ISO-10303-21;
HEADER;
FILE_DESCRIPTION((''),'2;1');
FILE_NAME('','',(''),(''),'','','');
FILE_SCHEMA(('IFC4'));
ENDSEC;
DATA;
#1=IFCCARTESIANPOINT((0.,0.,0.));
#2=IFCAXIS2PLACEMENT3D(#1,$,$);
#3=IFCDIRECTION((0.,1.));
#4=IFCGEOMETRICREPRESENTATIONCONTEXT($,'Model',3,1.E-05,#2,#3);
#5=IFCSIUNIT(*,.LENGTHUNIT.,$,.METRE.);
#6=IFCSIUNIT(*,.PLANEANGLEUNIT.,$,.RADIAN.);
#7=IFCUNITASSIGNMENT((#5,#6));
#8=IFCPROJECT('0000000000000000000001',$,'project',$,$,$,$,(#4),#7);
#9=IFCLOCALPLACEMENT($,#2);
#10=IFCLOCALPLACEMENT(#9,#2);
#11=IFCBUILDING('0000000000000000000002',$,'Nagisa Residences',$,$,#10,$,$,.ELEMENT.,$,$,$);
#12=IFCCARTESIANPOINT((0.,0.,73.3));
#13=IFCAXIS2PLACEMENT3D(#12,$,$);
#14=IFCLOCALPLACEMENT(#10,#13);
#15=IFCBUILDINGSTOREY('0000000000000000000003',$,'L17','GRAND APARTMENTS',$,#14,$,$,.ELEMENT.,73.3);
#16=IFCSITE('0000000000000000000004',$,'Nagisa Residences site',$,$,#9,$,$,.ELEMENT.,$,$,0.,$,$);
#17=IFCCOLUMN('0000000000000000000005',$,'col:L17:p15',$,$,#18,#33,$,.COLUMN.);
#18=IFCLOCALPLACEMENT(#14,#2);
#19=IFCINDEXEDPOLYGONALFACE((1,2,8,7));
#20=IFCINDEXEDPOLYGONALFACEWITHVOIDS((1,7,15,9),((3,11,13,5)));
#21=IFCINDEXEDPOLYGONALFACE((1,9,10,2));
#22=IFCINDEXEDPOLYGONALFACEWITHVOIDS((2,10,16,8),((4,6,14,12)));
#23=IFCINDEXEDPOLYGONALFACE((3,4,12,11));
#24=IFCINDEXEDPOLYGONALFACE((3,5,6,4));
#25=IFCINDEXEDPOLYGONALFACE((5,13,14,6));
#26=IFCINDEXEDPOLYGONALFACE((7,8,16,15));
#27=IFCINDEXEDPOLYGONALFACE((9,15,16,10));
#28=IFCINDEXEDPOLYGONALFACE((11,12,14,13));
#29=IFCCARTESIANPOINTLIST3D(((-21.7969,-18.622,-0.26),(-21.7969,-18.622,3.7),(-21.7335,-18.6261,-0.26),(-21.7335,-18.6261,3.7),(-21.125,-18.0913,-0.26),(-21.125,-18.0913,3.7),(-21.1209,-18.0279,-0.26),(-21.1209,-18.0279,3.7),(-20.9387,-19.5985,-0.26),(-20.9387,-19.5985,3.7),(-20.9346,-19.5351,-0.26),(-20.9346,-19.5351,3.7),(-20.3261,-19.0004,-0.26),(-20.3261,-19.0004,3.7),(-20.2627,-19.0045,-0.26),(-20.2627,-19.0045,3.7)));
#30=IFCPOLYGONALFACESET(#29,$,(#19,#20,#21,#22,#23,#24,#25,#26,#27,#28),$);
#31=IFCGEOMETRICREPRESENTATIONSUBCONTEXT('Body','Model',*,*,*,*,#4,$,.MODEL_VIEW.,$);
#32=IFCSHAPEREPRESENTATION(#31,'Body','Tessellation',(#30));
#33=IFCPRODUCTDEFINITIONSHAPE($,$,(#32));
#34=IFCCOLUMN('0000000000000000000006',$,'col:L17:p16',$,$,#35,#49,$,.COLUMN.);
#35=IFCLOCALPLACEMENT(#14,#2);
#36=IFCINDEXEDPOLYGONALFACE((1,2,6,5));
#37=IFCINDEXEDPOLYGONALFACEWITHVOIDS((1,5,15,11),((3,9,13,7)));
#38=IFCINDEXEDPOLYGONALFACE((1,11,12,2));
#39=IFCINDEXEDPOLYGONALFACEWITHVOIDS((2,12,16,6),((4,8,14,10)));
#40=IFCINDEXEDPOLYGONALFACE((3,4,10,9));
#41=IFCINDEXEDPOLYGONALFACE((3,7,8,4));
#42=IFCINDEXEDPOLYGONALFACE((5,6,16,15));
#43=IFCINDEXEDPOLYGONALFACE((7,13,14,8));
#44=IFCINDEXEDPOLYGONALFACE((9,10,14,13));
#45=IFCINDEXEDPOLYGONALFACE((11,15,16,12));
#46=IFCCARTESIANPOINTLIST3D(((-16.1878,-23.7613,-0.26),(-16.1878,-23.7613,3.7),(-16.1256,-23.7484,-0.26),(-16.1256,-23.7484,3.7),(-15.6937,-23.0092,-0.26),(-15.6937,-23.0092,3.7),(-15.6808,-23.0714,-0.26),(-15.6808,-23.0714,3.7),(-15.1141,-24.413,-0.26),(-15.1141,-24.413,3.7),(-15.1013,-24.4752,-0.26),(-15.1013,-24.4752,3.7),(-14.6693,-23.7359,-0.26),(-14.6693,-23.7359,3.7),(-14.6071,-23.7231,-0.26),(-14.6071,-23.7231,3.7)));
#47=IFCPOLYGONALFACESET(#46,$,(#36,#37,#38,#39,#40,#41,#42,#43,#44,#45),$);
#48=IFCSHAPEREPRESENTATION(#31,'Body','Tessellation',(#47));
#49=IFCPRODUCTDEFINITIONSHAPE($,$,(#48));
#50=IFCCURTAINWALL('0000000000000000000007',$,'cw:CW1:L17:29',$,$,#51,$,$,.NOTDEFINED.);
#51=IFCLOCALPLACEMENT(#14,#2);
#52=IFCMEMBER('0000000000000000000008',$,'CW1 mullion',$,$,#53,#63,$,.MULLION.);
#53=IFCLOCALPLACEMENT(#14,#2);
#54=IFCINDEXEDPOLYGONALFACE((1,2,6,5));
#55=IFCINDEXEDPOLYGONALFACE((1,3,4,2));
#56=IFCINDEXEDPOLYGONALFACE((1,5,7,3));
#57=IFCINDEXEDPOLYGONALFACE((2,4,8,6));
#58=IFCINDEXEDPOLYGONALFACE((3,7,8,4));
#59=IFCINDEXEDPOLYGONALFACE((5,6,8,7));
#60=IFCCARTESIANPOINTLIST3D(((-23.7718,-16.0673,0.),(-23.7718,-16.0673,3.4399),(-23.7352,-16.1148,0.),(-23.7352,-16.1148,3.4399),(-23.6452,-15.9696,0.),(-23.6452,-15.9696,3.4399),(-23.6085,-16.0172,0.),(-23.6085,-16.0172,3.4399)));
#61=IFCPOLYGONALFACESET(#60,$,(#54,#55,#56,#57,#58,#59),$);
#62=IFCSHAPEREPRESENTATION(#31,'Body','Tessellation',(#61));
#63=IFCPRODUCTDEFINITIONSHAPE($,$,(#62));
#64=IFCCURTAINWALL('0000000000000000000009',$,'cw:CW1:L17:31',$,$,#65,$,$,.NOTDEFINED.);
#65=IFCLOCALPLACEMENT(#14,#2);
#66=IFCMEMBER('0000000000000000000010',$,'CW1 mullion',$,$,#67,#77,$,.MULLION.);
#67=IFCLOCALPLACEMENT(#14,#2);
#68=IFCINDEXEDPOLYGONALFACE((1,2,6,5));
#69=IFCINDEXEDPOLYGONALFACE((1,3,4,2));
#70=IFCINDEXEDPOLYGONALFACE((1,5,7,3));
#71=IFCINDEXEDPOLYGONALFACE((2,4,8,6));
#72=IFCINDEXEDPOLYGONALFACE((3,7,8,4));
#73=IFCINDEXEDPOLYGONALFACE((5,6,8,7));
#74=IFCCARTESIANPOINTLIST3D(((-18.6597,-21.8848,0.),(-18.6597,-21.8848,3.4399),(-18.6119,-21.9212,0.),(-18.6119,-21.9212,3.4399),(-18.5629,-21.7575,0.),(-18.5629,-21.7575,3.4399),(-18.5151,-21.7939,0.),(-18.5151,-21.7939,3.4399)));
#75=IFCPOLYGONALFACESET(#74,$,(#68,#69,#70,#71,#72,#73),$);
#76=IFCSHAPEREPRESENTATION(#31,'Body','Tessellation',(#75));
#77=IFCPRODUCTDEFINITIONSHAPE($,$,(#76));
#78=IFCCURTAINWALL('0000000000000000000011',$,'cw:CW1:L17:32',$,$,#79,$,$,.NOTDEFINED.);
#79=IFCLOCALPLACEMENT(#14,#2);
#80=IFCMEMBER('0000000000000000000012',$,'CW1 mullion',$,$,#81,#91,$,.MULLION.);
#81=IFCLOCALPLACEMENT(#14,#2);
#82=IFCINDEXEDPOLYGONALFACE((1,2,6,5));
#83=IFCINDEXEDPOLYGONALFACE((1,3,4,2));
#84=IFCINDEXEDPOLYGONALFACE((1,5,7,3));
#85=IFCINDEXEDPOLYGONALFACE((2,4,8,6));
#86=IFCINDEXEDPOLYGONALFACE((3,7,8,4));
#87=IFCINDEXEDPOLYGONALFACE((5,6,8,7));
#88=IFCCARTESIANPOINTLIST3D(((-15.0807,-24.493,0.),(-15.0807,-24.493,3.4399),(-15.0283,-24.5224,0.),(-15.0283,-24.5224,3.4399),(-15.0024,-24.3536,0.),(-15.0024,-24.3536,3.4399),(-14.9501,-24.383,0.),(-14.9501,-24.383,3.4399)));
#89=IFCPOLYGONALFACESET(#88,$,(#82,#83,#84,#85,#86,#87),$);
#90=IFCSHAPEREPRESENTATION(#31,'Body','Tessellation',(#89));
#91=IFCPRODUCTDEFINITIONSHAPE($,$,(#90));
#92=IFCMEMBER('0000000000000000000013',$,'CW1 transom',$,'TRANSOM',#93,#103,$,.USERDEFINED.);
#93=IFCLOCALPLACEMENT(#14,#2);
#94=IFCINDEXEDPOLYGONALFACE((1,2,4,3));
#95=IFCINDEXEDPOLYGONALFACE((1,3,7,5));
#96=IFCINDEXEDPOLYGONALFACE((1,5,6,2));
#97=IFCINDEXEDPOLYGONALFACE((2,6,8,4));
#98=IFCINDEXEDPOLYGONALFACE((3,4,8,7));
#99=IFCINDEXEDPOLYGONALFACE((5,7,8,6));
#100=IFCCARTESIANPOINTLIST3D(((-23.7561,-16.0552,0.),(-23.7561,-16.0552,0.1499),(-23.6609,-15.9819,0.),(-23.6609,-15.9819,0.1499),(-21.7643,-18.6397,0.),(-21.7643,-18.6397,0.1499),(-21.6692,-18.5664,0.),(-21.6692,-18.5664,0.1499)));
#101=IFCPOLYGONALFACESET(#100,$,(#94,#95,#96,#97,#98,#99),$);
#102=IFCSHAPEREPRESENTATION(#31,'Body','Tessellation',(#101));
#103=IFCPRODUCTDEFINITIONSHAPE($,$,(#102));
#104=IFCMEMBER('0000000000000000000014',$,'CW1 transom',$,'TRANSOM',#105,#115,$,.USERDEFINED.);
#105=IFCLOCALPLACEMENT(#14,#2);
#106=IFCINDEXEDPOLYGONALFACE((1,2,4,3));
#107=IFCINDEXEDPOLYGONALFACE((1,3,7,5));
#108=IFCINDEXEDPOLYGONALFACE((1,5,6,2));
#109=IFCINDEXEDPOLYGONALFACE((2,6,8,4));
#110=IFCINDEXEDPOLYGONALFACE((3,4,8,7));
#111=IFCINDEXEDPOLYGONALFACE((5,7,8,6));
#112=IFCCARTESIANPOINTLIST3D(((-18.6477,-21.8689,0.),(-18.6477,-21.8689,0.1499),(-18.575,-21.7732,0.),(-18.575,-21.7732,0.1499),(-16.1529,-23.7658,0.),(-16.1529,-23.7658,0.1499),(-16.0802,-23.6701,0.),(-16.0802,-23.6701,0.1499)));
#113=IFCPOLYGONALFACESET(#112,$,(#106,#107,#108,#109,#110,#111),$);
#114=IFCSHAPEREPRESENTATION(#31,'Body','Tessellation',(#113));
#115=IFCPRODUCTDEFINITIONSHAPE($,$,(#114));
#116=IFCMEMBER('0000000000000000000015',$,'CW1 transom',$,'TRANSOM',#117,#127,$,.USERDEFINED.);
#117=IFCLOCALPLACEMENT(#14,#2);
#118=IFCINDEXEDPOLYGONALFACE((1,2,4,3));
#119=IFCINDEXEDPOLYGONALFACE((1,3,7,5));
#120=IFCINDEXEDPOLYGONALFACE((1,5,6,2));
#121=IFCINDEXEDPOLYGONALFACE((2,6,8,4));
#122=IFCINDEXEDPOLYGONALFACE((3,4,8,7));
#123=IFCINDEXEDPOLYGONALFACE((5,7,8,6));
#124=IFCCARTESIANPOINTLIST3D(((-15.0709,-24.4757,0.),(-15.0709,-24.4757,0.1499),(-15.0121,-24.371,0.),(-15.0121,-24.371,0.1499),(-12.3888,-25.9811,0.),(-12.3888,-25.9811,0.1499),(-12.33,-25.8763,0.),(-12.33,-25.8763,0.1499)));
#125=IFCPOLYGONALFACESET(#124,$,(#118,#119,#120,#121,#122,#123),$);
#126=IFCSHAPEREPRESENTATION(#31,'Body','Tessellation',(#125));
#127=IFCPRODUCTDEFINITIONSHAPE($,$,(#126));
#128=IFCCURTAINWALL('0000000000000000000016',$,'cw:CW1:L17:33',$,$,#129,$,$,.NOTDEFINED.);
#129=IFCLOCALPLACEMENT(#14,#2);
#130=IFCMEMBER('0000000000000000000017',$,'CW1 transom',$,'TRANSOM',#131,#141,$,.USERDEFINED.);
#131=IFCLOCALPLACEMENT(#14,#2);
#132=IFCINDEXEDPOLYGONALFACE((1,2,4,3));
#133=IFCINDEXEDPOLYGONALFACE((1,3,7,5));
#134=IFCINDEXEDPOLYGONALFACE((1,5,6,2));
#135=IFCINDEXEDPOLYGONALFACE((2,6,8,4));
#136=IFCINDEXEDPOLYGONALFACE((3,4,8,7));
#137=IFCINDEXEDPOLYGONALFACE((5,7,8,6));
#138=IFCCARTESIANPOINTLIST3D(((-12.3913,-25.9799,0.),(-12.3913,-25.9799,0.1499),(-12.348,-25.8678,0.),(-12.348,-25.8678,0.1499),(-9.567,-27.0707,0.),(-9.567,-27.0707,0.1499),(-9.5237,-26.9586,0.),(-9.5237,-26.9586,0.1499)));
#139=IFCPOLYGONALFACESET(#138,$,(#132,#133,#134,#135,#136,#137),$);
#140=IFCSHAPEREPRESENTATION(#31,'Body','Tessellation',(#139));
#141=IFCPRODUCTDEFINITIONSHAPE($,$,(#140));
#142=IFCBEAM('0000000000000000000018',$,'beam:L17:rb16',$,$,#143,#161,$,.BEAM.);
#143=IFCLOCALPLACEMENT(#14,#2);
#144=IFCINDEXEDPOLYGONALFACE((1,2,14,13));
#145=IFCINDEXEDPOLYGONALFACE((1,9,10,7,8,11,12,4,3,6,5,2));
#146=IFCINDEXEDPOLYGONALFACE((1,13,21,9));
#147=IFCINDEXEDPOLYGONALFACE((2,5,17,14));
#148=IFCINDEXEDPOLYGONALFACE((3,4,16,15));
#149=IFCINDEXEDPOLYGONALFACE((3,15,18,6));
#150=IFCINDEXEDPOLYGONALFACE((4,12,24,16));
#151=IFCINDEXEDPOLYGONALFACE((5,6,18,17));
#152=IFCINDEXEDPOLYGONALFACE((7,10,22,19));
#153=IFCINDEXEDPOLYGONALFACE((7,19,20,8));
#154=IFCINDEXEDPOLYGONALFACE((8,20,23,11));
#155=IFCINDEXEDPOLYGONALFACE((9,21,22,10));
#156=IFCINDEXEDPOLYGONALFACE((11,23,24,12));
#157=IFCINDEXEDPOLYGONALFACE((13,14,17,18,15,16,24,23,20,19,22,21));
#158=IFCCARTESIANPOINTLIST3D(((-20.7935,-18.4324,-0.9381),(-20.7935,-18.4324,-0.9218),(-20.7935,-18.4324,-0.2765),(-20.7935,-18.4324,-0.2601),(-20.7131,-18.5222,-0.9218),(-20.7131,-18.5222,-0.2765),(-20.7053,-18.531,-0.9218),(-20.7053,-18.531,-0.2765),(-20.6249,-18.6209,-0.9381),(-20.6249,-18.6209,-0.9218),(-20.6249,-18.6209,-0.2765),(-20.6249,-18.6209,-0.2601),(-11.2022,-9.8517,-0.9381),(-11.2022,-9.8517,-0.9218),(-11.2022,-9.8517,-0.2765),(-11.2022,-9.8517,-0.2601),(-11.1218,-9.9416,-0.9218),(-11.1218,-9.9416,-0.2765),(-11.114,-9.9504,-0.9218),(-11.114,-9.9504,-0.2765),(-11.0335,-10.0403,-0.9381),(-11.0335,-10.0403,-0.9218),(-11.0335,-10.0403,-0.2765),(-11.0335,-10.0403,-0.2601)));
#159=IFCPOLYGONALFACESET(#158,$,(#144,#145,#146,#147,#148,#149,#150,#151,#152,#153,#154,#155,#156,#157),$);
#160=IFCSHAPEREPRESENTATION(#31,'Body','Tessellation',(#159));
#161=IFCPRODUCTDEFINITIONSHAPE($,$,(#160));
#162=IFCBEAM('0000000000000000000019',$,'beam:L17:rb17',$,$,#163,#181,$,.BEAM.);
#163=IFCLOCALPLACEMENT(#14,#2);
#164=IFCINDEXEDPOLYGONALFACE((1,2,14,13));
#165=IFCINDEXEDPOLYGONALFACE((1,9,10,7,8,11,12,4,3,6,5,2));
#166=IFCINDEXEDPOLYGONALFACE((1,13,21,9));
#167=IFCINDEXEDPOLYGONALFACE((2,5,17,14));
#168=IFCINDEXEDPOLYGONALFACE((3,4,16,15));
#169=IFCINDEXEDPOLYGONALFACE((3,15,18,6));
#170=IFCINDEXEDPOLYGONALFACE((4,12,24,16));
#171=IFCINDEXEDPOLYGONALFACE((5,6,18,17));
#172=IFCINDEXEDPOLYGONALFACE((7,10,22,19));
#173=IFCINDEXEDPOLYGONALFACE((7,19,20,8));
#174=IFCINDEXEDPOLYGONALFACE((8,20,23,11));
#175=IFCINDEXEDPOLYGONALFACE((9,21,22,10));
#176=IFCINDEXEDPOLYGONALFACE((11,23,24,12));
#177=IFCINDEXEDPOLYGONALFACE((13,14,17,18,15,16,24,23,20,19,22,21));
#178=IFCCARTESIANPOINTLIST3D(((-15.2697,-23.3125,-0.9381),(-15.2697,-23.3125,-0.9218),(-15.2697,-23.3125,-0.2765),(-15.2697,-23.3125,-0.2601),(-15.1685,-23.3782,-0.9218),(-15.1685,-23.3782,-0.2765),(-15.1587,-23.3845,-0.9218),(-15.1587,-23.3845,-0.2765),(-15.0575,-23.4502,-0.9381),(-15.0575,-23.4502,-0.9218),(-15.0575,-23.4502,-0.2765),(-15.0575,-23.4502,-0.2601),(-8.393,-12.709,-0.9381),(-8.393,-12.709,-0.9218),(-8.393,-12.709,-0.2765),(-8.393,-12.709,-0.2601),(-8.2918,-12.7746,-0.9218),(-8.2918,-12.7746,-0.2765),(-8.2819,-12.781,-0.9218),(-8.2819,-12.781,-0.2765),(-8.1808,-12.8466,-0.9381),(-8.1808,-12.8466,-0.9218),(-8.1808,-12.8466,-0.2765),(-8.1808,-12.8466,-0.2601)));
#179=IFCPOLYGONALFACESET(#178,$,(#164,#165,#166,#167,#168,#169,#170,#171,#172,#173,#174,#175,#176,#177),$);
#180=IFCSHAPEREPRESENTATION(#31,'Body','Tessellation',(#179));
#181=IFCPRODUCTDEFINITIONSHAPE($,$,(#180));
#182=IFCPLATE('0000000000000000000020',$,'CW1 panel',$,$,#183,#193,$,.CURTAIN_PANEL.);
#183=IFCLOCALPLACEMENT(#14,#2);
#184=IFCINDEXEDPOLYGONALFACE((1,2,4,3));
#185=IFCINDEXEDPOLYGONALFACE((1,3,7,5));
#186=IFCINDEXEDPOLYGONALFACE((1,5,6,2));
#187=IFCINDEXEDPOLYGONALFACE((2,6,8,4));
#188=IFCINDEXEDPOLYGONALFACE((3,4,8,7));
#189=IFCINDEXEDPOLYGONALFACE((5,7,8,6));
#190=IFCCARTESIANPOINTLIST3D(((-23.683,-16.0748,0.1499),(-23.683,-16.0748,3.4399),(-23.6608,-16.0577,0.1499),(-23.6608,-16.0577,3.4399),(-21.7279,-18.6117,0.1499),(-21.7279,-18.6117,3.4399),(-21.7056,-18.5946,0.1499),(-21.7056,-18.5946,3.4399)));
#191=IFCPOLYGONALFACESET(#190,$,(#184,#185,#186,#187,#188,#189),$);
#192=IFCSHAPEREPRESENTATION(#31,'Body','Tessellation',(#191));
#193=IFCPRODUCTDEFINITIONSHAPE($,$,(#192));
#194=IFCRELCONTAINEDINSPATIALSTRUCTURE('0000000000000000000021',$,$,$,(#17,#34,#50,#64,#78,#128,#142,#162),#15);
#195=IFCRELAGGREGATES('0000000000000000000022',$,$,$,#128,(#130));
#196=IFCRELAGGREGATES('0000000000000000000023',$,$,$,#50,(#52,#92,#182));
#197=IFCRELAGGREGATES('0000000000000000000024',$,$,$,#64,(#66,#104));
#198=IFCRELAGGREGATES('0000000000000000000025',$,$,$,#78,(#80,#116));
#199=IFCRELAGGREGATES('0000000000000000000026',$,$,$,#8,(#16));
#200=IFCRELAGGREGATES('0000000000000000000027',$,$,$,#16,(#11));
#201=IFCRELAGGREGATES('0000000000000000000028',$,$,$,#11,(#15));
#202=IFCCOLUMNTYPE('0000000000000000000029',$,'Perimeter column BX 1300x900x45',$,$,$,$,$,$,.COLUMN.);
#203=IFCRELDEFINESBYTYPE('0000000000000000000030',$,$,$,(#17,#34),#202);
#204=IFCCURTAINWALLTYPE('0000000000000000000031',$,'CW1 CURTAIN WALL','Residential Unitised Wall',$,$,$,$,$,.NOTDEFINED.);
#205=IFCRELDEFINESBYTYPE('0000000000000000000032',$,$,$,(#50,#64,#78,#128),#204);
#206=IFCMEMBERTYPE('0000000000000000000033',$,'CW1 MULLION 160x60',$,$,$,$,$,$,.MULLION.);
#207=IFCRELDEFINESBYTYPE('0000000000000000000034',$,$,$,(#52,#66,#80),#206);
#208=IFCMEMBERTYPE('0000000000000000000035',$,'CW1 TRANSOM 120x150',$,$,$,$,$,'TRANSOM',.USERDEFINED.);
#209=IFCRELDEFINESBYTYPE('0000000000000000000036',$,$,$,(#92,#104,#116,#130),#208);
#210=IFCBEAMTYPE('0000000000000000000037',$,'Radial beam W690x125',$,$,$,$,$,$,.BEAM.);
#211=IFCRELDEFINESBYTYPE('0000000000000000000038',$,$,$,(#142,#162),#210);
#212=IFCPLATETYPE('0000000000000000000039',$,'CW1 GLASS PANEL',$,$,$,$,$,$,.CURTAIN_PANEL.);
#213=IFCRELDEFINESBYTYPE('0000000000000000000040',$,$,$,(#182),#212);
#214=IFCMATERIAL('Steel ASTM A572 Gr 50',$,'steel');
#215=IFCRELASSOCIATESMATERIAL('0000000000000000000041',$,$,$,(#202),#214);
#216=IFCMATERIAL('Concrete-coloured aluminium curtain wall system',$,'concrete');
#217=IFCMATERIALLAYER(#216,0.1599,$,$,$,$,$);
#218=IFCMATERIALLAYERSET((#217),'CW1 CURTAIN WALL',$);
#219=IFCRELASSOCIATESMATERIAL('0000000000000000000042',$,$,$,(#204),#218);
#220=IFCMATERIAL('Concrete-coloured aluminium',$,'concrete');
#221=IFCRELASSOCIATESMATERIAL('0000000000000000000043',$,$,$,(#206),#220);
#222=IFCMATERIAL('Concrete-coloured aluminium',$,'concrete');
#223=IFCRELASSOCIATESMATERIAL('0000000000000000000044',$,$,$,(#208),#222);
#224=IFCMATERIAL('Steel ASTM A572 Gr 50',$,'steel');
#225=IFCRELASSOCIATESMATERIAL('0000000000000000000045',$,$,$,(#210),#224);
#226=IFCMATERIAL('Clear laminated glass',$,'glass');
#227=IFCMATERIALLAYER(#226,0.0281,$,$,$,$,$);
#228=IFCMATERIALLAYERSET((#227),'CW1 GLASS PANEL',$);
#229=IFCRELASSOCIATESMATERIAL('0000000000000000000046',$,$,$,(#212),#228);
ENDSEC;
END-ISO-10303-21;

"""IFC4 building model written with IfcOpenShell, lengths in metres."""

from ifc_helpers import new_model, si_unit, direction, frame, origin, origin_2d, place, context, subcontext, project, spatial, rectangle, hollow_rectangle, i_section, extrude, material, layer, layer_set, material_profile, profile_set, type_object, element, aggregate, save


model = new_model("IFC4")

# Units and contexts
model_context = context("Model", 3, precision=1e-05, world=origin(), true_north=direction((0.0, 1.0)))
body_context = subcontext(model_context, "Body", "Model", "MODEL_VIEW")
ifc_project = project(units=[si_unit("LENGTHUNIT", "METRE"), si_unit("PLANEANGLEUNIT", "RADIAN")], contexts=[model_context])

# Site, building, storey
site_placement = place(None, origin())
site = spatial("IfcSite", under=ifc_project, at=site_placement, Name="Nagisa Residences site", CompositionType="ELEMENT", RefElevation=0.0)
building_placement = place(site_placement, origin())
building = spatial("IfcBuilding", under=site, at=building_placement, Name="Nagisa Residences", CompositionType="ELEMENT")
storey_placement = place(building_placement, frame((0.0, 0.0, 73.3)))
storey = spatial("IfcBuildingStorey", under=building, at=storey_placement, Name="L17", Description="GRAND APARTMENTS", CompositionType="ELEMENT", Elevation=73.3)

# Columns
ifc_material_1 = material(Name="Steel ASTM A572 Gr 50", Category="steel")
ifc_material_profile_1 = material_profile(ifc_material_1, hollow_rectangle(XDim=1.3, YDim=0.8999, WallThickness=0.0449, at=origin_2d()), Name="BX 1300x900x45")
ifc_profile_set_1 = profile_set([ifc_material_profile_1], Name="Steel ASTM A572 Gr 50")
column_type = type_object("IfcColumnType", Name="Perimeter column BX 1300x900x45", PredefinedType="COLUMN", material=ifc_profile_set_1)
for number, where, z_axis, x_axis, name in (
    (1, (-21.0298, -18.8132, -0.26), (0.0, 0.0, 1.0), (0.660115, -0.751165, 0.0), "col:L17:p15"),
    (2, (-15.3975, -23.7422, -0.26), (0.0, 0.0, 1.0), (0.835766, -0.549086, 0.0), "col:L17:p16"),
):
    element("IfcColumn", number, at=place(storey_placement, frame(where, z_axis=z_axis, x_axis=x_axis)), inside=storey, type_object=column_type, Name=name, PredefinedType="COLUMN", context=body_context, shape_type="SweptSolid", body=[
        extrude(hollow_rectangle(XDim=1.3, YDim=0.8999, WallThickness=0.0449, at=origin_2d()), origin(), (0.0, 0.0, 1.0), 3.96),
    ])

# Curtain walls, members
ifc_material_2 = material(Name="Concrete-coloured aluminium curtain wall system", Category="concrete")
ifc_layer_1 = layer(ifc_material_2, 0.1599)
ifc_layer_set_1 = layer_set([ifc_layer_1], Name="CW1 CURTAIN WALL")
curtain_wall_type = type_object("IfcCurtainWallType", Name="CW1 CURTAIN WALL", Description="Residential Unitised Wall", PredefinedType="NOTDEFINED", material=ifc_layer_set_1)
curtain_wall_1_placement = place(storey_placement, origin())
curtain_wall_1 = element("IfcCurtainWall", 3, at=curtain_wall_1_placement, inside=storey, type_object=curtain_wall_type, Name="cw:CW1:L17:29", PredefinedType="NOTDEFINED")
ifc_material_3 = material(Name="Concrete-coloured aluminium", Category="concrete")
ifc_material_profile_2 = material_profile(ifc_material_3, rectangle(XDim=0.1599, YDim=0.0601, at=origin_2d()), Name="CW1 MULLION 160x60")
ifc_profile_set_2 = profile_set([ifc_material_profile_2], Name="Concrete-coloured aluminium")
member_type_1 = type_object("IfcMemberType", Name="CW1 MULLION 160x60", PredefinedType="MULLION", material=ifc_profile_set_2)
member_1_placement = place(storey_placement, frame((-23.6902, -16.0422, 0.0), z_axis=(0.0, 0.0, 1.0), x_axis=(0.79207, 0.61043, 0.0)))
member_1 = element("IfcMember", 4, at=member_1_placement, type_object=member_type_1, Name="CW1 mullion", PredefinedType="MULLION", context=body_context, shape_type="SweptSolid", body=[
    extrude(rectangle(XDim=0.1599, YDim=0.0601, at=origin_2d()), origin(), (0.0, 0.0, 1.0), 3.4399),
])
curtain_wall_2_placement = place(storey_placement, origin())
curtain_wall_2 = element("IfcCurtainWall", 5, at=curtain_wall_2_placement, inside=storey, type_object=curtain_wall_type, Name="cw:CW1:L17:31", PredefinedType="NOTDEFINED")
member_2_placement = place(storey_placement, frame((-18.5874, -21.8394, 0.0), z_axis=(0.0, 0.0, 1.0), x_axis=(0.605255, 0.796031, 0.0)))
member_2 = element("IfcMember", 6, at=member_2_placement, type_object=member_type_1, Name="CW1 mullion", PredefinedType="MULLION", context=body_context, shape_type="SweptSolid", body=[
    extrude(rectangle(XDim=0.1599, YDim=0.0601, at=origin_2d()), origin(), (0.0, 0.0, 1.0), 3.4399),
])
curtain_wall_3_placement = place(storey_placement, origin())
curtain_wall_3 = element("IfcCurtainWall", 7, at=curtain_wall_3_placement, inside=storey, type_object=curtain_wall_type, Name="cw:CW1:L17:32", PredefinedType="NOTDEFINED")
member_3_placement = place(storey_placement, frame((-15.0154, -24.438, 0.0), z_axis=(0.0, 0.0, 1.0), x_axis=(0.489377, 0.872072, 0.0)))
member_3 = element("IfcMember", 8, at=member_3_placement, type_object=member_type_1, Name="CW1 mullion", PredefinedType="MULLION", context=body_context, shape_type="SweptSolid", body=[
    extrude(rectangle(XDim=0.1599, YDim=0.0601, at=origin_2d()), origin(), (0.0, 0.0, 1.0), 3.4399),
])

# Members
ifc_material_4 = material(Name="Concrete-coloured aluminium", Category="concrete")
ifc_material_profile_3 = material_profile(ifc_material_4, rectangle(XDim=0.1201, YDim=0.1499, at=origin_2d()), Name="CW1 TRANSOM 120x150")
ifc_profile_set_3 = profile_set([ifc_material_profile_3], Name="Concrete-coloured aluminium")
member_type_2 = type_object("IfcMemberType", Name="CW1 TRANSOM 120x150", ElementType="TRANSOM", PredefinedType="USERDEFINED", material=ifc_profile_set_3)
member_4_placement = place(storey_placement, frame((-23.7085, -16.0186, 0.075), z_axis=(0.610412, -0.792084, 0.0), x_axis=(0.792084, 0.610412, 0.0)))
member_4 = element("IfcMember", 9, at=member_4_placement, type_object=member_type_2, Name="CW1 transom", ObjectType="TRANSOM", PredefinedType="USERDEFINED", context=body_context, shape_type="SweptSolid", body=[
    extrude(rectangle(XDim=0.1201, YDim=0.1499, at=origin_2d()), origin(), (0.0, 0.0, 1.0), 3.2629),
])
member_5_placement = place(storey_placement, frame((-18.6113, -21.821, 0.075), z_axis=(0.796029, -0.605259, 0.0), x_axis=(0.605259, 0.796029, 0.0)))
member_5 = element("IfcMember", 10, at=member_5_placement, type_object=member_type_2, Name="CW1 transom", ObjectType="TRANSOM", PredefinedType="USERDEFINED", context=body_context, shape_type="SweptSolid", body=[
    extrude(rectangle(XDim=0.1201, YDim=0.1499, at=origin_2d()), origin(), (0.0, 0.0, 1.0), 3.134),
])
member_6_placement = place(storey_placement, frame((-15.0415, -24.4233, 0.075), z_axis=(0.872037, -0.489439, 0.0), x_axis=(0.489439, 0.872037, 0.0)))
member_6 = element("IfcMember", 11, at=member_6_placement, type_object=member_type_2, Name="CW1 transom", ObjectType="TRANSOM", PredefinedType="USERDEFINED", context=body_context, shape_type="SweptSolid", body=[
    extrude(rectangle(XDim=0.1201, YDim=0.1499, at=origin_2d()), origin(), (0.0, 0.0, 1.0), 3.0757),
])

# Curtain wall, member
curtain_wall_4_placement = place(storey_placement, origin())
curtain_wall_4 = element("IfcCurtainWall", 12, at=curtain_wall_4_placement, inside=storey, type_object=curtain_wall_type, Name="cw:CW1:L17:33", PredefinedType="NOTDEFINED")
member_7_placement = place(storey_placement, frame((-12.3696, -25.9238, 0.075), z_axis=(0.932838, -0.360297, 0.0), x_axis=(0.360297, 0.932838, 0.0)))
member_7 = element("IfcMember", 13, at=member_7_placement, type_object=member_type_2, Name="CW1 transom", ObjectType="TRANSOM", PredefinedType="USERDEFINED", context=body_context, shape_type="SweptSolid", body=[
    extrude(rectangle(XDim=0.1201, YDim=0.1499, at=origin_2d()), origin(), (0.0, 0.0, 1.0), 3.0276),
])
aggregate(curtain_wall_4, [member_7])

# Beams
ifc_material_5 = material(Name="Steel ASTM A572 Gr 50", Category="steel")
ifc_material_profile_4 = material_profile(ifc_material_5, i_section(OverallWidth=0.2529, OverallDepth=0.678, WebThickness=0.0117, FlangeThickness=0.0164, at=origin_2d()), Name="W690x125")
ifc_profile_set_4 = profile_set([ifc_material_profile_4], Name="Steel ASTM A572 Gr 50")
beam_type = type_object("IfcBeamType", Name="Radial beam W690x125", PredefinedType="BEAM", material=ifc_profile_set_4)
beam_1_placement = place(storey_placement, frame((-20.7092, -18.5266, -0.5991), z_axis=(0.745285, 0.666746, 0.0), x_axis=(-0.666746, 0.745285, 0.0)))
element("IfcBeam", 14, at=beam_1_placement, inside=storey, type_object=beam_type, Name="beam:L17:rb16", PredefinedType="BEAM", context=body_context, shape_type="SweptSolid", body=[
    extrude(i_section(OverallWidth=0.2529, OverallDepth=0.678, WebThickness=0.0117, FlangeThickness=0.0164, at=origin_2d()), origin(), (0.0, 0.0, 1.0), 12.8694),
])
beam_2_placement = place(storey_placement, frame((-15.1636, -23.3813, -0.5991), z_axis=(0.544122, 0.839006, 0.0), x_axis=(-0.839006, 0.544122, 0.0)))
element("IfcBeam", 15, at=beam_2_placement, inside=storey, type_object=beam_type, Name="beam:L17:rb17", PredefinedType="BEAM", context=body_context, shape_type="SweptSolid", body=[
    extrude(i_section(OverallWidth=0.2529, OverallDepth=0.678, WebThickness=0.0117, FlangeThickness=0.0164, at=origin_2d()), origin(), (0.0, 0.0, 1.0), 12.6382),
])

# Plate
ifc_material_6 = material(Name="Clear laminated glass", Category="glass")
ifc_layer_2 = layer(ifc_material_6, 0.0281)
ifc_layer_set_2 = layer_set([ifc_layer_2], Name="CW1 GLASS PANEL")
plate_type = type_object("IfcPlateType", Name="CW1 GLASS PANEL", PredefinedType="CURTAIN_PANEL", material=ifc_layer_set_2)
plate_1_placement = place(storey_placement, frame((-22.6943, -17.3347, 0.1499), z_axis=(0.0, 0.0, 1.0), x_axis=(0.61043, -0.79207, 0.0)))
plate_1 = element("IfcPlate", 16, at=plate_1_placement, type_object=plate_type, Name="CW1 panel", PredefinedType="CURTAIN_PANEL", context=body_context, shape_type="SweptSolid", body=[
    extrude(rectangle(XDim=3.2029, YDim=0.0281, at=origin_2d()), origin(), (0.0, 0.0, 1.0), 3.29),
])
aggregate(curtain_wall_1, [member_1, member_4, plate_1])
aggregate(curtain_wall_2, [member_2, member_5])
aggregate(curtain_wall_3, [member_3, member_6])

save(model, "model.ifc")
